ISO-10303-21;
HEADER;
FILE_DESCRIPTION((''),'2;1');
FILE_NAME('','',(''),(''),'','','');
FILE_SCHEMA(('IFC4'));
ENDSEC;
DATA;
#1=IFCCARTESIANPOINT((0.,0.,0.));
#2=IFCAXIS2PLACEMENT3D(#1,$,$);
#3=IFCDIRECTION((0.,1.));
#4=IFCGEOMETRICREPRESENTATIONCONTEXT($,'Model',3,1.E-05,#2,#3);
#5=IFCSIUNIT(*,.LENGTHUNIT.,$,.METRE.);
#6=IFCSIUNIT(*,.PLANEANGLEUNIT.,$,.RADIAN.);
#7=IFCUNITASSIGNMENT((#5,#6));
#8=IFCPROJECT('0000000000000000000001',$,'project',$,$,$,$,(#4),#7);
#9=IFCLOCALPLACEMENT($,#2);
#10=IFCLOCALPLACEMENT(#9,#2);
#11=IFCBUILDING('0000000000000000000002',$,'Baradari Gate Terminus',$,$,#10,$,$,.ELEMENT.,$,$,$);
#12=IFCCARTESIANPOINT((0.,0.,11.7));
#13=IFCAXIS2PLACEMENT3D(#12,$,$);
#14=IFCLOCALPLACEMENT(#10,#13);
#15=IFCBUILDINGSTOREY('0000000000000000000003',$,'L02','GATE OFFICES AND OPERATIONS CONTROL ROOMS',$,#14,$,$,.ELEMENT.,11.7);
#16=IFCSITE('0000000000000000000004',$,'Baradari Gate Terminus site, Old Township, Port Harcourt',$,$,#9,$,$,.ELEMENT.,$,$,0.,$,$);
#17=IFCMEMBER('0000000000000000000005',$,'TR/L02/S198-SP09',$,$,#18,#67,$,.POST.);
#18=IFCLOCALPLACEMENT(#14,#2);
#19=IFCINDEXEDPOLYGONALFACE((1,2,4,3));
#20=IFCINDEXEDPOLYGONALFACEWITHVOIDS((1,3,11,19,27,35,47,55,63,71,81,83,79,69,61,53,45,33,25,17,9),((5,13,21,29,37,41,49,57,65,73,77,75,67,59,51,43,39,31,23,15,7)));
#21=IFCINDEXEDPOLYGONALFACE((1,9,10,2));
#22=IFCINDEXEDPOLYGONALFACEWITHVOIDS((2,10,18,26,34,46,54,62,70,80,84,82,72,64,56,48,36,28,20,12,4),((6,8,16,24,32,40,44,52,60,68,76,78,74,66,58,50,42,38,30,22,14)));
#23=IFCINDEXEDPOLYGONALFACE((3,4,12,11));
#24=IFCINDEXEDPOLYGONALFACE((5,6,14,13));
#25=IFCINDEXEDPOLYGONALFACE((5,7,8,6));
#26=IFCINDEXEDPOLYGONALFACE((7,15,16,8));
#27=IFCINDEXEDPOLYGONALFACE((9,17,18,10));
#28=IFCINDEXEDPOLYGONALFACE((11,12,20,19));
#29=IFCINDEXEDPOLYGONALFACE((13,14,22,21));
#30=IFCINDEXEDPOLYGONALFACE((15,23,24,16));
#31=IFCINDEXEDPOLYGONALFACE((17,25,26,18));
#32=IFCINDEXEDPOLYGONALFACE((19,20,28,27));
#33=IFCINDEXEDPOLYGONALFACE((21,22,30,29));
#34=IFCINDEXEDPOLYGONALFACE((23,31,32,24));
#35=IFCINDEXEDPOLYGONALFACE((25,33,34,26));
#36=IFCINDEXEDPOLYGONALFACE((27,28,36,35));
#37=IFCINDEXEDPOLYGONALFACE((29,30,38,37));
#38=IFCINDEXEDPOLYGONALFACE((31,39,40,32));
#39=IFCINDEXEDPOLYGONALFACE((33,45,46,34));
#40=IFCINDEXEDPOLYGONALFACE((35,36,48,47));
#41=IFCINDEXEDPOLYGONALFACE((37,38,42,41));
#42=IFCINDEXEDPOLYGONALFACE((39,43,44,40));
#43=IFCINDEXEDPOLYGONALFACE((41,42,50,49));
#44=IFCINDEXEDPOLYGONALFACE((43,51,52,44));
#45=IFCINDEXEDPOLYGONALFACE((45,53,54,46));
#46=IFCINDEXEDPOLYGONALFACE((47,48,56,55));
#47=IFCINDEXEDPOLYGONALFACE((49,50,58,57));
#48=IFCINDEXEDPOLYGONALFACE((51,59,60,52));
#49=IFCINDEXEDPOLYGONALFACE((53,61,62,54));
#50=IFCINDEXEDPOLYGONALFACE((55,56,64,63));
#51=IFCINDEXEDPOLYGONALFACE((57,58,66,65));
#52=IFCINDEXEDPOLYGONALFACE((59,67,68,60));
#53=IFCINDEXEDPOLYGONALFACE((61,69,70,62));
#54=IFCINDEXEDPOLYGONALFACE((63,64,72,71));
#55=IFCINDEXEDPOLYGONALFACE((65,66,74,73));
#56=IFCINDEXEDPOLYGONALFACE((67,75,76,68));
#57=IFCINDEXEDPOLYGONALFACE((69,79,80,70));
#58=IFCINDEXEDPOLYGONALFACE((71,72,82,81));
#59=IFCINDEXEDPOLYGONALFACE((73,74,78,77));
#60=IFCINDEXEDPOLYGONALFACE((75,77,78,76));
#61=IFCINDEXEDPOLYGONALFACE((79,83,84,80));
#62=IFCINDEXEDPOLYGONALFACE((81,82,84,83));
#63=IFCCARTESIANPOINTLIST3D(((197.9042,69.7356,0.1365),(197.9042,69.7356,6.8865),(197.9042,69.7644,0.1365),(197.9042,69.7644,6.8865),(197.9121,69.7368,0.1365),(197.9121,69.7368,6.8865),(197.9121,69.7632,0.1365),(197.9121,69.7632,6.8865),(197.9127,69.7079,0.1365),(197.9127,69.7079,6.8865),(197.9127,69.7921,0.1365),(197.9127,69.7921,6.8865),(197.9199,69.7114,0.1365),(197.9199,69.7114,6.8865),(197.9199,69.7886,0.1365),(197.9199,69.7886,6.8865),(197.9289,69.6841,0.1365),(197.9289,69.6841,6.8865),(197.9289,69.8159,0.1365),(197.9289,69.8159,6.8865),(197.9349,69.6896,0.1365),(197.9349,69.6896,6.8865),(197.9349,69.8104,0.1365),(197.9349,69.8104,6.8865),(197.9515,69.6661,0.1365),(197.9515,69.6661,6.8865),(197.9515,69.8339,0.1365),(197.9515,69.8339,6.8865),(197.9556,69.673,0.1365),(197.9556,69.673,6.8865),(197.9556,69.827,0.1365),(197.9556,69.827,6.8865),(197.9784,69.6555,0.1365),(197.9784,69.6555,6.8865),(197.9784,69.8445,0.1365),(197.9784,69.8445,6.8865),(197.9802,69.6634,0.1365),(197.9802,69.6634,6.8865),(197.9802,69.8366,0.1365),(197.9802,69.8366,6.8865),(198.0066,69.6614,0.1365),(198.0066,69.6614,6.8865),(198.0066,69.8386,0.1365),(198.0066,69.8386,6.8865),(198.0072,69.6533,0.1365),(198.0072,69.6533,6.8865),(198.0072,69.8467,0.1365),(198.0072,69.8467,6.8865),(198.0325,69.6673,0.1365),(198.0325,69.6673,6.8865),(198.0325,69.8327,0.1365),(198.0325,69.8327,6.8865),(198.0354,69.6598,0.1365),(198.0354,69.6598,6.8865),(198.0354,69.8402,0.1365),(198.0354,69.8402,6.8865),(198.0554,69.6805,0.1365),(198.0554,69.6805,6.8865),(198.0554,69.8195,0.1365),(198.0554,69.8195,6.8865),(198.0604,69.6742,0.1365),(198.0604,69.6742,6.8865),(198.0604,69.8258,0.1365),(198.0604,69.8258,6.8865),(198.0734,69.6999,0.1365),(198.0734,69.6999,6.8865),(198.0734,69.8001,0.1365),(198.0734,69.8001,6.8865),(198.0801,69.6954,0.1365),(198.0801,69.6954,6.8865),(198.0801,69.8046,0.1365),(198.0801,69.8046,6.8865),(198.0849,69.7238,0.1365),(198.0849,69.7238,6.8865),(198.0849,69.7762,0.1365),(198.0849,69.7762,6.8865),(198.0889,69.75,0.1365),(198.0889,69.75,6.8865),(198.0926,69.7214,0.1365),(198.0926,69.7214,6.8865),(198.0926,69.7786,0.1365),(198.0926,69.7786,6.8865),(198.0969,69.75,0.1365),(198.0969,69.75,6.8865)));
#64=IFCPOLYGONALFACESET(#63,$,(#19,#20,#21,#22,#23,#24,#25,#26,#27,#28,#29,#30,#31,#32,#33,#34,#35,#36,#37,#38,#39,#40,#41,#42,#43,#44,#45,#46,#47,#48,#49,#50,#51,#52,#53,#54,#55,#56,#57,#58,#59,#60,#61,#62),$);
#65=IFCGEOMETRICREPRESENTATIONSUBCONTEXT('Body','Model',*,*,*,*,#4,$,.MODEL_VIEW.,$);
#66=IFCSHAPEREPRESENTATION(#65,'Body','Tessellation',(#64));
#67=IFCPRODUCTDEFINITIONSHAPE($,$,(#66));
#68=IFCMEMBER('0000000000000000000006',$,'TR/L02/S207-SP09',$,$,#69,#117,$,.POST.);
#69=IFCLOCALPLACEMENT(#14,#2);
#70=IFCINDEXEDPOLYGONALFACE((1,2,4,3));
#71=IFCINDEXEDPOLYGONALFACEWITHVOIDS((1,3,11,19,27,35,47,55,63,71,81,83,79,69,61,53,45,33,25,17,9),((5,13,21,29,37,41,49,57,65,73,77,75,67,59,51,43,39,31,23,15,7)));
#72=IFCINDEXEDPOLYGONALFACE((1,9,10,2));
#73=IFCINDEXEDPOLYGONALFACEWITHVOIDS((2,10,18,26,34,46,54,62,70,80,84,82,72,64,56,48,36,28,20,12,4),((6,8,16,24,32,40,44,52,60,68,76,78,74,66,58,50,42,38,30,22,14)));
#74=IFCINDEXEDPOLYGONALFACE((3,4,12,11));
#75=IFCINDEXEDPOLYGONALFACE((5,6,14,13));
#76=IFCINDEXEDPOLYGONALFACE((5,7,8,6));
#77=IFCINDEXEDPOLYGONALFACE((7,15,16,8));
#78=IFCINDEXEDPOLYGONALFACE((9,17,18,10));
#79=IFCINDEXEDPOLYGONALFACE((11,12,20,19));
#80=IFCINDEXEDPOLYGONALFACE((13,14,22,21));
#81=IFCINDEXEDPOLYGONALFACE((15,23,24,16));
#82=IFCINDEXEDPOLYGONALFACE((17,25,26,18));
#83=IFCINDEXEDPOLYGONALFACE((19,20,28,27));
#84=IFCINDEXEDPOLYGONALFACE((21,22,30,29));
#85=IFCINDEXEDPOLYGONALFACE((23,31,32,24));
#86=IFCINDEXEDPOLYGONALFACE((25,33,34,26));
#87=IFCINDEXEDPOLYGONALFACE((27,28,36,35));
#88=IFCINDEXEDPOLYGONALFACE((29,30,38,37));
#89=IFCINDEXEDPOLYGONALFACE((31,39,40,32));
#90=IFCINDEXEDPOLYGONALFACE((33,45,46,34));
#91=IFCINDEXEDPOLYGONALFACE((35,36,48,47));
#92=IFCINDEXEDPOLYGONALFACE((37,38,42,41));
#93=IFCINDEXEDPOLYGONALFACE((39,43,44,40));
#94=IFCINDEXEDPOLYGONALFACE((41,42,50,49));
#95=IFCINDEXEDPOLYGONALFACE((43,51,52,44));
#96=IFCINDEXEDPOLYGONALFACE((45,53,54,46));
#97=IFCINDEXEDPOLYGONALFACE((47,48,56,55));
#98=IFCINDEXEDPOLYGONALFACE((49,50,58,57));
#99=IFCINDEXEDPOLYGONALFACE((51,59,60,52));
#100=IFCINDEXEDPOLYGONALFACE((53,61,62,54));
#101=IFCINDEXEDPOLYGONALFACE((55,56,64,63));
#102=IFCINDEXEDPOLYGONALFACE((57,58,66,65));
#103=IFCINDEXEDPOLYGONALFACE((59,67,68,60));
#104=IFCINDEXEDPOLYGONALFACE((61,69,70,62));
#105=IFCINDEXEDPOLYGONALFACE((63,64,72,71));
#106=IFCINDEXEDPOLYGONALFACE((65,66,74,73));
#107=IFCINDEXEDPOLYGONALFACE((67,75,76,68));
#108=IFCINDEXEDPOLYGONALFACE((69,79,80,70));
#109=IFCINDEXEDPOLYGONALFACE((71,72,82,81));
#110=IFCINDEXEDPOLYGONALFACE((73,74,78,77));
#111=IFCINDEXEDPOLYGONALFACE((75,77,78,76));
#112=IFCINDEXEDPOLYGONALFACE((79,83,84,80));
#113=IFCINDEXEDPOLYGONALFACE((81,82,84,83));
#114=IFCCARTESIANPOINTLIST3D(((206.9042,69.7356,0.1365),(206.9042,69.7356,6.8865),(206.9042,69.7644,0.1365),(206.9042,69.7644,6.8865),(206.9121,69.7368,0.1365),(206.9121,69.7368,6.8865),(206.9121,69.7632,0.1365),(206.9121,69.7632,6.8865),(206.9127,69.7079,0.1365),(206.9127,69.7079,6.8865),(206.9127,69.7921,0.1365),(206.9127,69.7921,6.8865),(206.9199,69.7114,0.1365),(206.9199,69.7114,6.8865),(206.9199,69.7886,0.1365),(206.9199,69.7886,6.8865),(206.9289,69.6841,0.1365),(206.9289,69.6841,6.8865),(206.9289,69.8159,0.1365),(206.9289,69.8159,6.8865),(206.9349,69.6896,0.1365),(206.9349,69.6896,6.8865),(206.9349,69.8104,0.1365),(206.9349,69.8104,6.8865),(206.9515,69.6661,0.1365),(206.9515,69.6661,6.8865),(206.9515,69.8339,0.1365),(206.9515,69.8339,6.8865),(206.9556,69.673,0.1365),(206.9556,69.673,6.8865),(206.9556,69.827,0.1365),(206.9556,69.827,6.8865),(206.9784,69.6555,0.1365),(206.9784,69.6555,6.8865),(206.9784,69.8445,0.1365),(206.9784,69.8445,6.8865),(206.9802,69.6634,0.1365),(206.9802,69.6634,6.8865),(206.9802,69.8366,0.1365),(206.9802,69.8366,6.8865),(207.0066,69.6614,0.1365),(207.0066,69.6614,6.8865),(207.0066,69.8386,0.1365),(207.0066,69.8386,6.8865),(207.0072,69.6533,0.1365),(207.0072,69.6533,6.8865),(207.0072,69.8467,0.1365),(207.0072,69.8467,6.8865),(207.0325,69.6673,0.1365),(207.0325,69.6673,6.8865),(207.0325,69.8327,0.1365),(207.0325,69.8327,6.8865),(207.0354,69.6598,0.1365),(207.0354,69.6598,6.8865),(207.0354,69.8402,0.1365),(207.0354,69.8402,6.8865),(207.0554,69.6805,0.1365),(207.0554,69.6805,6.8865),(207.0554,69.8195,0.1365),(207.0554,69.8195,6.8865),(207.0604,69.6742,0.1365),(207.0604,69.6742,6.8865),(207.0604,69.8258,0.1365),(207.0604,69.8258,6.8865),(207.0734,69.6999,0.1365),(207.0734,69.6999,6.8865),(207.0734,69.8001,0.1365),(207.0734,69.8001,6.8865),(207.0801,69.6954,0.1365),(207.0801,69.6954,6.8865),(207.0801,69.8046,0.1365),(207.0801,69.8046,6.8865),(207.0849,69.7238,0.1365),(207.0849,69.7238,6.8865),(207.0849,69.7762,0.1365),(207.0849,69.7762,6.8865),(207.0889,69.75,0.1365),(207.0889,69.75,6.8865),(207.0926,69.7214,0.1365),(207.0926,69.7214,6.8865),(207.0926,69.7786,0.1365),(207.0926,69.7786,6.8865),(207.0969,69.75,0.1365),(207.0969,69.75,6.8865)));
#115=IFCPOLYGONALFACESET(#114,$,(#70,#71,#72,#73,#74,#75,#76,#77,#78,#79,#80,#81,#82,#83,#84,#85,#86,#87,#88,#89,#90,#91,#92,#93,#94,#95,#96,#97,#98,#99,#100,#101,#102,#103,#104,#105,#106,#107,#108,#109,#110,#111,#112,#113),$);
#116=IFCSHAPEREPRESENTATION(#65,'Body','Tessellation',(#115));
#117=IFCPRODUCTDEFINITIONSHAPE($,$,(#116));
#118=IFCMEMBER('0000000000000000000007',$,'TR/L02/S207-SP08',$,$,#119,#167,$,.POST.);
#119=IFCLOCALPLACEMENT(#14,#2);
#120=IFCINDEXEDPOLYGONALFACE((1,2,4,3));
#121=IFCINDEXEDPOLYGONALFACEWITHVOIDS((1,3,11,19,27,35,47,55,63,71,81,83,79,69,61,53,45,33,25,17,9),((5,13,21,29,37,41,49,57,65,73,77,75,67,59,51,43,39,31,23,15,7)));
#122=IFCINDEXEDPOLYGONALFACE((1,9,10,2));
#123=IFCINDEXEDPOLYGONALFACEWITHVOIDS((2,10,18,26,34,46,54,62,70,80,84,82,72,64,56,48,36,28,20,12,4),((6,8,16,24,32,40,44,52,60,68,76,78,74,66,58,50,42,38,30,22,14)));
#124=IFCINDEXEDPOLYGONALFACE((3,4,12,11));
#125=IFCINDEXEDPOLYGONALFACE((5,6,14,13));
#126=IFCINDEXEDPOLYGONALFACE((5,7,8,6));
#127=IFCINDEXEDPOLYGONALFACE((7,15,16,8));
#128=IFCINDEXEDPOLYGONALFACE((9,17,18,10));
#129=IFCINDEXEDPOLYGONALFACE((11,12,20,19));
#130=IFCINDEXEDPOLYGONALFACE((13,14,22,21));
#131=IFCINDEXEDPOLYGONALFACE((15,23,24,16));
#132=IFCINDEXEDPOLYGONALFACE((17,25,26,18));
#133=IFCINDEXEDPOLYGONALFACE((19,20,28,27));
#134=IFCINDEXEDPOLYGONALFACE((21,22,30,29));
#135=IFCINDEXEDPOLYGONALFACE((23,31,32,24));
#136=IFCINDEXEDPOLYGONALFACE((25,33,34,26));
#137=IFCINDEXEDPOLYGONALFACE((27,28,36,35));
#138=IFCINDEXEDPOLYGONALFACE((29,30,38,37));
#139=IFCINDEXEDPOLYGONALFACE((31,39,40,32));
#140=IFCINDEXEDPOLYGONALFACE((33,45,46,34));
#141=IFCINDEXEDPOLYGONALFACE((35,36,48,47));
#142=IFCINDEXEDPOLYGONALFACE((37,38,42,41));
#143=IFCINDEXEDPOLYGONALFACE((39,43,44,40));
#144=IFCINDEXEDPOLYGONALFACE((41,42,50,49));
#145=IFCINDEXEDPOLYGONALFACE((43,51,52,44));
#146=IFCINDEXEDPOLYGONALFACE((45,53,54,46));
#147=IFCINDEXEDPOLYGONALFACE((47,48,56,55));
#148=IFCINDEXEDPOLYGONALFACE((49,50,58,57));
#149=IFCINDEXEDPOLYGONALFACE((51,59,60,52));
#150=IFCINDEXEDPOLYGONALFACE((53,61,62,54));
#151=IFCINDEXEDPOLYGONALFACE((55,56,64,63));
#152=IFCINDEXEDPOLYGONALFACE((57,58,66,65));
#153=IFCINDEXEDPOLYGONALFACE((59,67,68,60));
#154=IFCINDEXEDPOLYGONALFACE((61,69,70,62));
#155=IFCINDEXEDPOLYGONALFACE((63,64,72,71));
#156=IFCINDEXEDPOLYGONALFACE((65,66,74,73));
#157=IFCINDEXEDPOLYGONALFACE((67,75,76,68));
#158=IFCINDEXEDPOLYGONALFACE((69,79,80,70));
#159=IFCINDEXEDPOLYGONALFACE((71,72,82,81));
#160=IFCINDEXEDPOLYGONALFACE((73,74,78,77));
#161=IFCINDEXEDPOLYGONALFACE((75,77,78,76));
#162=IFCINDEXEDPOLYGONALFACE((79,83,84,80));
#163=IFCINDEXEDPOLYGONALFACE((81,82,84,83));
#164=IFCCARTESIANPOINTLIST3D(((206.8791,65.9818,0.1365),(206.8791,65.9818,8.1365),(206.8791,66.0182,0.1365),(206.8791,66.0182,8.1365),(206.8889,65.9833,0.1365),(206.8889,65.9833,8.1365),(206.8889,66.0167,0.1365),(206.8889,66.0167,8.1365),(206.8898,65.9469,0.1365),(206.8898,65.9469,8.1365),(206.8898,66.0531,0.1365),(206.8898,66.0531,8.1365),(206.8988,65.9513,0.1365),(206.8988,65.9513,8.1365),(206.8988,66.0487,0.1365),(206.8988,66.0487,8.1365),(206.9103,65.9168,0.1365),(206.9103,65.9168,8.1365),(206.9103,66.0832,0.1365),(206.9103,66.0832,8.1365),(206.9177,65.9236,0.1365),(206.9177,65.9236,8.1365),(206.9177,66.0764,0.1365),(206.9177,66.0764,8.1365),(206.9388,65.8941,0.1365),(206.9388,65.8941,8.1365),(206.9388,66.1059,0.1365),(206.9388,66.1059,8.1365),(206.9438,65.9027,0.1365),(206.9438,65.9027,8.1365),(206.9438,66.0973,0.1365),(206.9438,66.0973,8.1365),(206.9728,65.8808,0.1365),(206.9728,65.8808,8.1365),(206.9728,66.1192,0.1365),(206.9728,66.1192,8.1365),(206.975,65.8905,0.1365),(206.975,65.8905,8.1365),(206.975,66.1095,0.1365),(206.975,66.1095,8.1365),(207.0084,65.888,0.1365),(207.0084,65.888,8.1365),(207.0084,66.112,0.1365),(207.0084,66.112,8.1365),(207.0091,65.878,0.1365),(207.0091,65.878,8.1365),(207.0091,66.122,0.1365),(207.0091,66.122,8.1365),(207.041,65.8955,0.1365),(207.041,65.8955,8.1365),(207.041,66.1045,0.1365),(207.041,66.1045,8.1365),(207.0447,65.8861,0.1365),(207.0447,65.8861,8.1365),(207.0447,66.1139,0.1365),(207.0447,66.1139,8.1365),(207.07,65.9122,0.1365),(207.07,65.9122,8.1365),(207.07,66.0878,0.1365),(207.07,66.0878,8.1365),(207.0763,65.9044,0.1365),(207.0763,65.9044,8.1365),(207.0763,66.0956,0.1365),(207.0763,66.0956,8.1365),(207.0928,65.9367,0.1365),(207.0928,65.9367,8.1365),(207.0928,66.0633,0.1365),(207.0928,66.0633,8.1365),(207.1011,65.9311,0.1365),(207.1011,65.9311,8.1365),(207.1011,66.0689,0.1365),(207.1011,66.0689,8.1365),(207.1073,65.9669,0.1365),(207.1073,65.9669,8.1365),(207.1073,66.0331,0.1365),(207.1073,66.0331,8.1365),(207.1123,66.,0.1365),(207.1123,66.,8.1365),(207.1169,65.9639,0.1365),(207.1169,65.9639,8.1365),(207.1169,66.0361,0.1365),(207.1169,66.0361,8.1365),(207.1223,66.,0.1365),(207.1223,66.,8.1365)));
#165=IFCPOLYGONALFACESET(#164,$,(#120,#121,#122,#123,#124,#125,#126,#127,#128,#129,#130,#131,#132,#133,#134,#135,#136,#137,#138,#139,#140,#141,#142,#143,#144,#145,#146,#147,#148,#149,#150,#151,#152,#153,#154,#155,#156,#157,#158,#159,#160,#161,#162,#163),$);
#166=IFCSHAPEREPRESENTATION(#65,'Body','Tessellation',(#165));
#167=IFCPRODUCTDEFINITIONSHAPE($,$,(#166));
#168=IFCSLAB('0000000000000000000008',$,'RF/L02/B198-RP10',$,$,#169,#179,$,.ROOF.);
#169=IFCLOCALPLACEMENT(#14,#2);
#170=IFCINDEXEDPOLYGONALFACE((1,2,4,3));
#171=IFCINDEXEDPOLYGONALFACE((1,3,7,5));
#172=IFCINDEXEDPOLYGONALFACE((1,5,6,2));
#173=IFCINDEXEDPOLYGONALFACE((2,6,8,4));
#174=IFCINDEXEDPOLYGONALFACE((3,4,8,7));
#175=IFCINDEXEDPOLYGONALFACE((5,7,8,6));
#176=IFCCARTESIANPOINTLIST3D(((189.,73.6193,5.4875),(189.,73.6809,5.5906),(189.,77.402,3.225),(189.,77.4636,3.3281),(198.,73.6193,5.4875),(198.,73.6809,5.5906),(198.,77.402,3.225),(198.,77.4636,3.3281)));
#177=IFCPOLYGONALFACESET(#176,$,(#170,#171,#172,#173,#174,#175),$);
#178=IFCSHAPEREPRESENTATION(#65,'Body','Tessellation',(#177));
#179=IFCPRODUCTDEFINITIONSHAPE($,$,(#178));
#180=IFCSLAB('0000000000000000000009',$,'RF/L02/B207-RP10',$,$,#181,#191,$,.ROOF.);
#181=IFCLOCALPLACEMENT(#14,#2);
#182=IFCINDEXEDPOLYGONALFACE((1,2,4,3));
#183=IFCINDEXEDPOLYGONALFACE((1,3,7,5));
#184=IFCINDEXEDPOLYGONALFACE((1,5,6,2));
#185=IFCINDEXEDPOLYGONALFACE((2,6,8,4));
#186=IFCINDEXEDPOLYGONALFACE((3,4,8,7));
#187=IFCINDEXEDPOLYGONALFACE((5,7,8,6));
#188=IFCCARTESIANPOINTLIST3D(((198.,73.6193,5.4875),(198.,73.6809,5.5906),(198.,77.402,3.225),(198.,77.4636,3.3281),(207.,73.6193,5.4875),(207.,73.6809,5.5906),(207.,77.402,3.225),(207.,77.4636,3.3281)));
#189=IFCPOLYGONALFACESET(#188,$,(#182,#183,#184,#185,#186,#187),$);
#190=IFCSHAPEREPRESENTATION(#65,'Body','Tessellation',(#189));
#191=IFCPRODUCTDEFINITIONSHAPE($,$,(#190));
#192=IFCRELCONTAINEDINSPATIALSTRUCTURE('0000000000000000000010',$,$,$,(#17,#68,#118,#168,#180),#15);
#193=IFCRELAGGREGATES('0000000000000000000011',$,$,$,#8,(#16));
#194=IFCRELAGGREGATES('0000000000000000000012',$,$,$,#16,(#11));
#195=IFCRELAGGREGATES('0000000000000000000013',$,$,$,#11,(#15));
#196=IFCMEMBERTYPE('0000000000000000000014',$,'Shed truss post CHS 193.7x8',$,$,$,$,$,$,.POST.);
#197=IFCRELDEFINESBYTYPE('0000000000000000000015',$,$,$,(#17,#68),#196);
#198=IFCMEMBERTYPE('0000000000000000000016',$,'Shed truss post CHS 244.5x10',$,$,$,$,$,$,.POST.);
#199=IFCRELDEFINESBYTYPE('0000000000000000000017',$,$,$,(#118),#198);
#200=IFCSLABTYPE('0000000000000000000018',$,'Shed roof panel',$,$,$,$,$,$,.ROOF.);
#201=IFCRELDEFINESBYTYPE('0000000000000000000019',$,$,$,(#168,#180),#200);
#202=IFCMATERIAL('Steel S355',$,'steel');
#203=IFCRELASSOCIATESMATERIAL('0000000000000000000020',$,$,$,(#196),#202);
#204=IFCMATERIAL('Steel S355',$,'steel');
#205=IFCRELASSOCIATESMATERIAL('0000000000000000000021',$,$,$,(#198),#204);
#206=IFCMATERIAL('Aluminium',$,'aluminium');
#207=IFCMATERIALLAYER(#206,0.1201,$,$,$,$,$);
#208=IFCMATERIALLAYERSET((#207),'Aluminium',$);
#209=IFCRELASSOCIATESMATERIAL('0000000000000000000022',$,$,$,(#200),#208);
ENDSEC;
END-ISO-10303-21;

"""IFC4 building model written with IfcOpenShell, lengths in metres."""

from ifc_helpers import new_model, si_unit, direction, frame, origin, origin_2d, place, context, subcontext, project, spatial, polyline, hollow_circle, outline, extrude, material, layer, layer_set, material_profile, profile_set, type_object, element, save


model = new_model("IFC4")

# Units and contexts
model_context = context("Model", 3, precision=1e-05, world=origin(), true_north=direction((0.0, 1.0)))
body_context = subcontext(model_context, "Body", "Model", "MODEL_VIEW")
ifc_project = project(units=[si_unit("LENGTHUNIT", "METRE"), si_unit("PLANEANGLEUNIT", "RADIAN")], contexts=[model_context])

# Site, building, storey
site_placement = place(None, origin())
site = spatial("IfcSite", under=ifc_project, at=site_placement, Name="Baradari Gate Terminus site, Old Township, Port Harcourt", CompositionType="ELEMENT", RefElevation=0.0)
building_placement = place(site_placement, origin())
building = spatial("IfcBuilding", under=site, at=building_placement, Name="Baradari Gate Terminus", CompositionType="ELEMENT")
storey_placement = place(building_placement, frame((0.0, 0.0, 11.7)))
storey = spatial("IfcBuildingStorey", under=building, at=storey_placement, Name="L02", Description="GATE OFFICES AND OPERATIONS CONTROL ROOMS", CompositionType="ELEMENT", Elevation=11.7)

# Members
ifc_material_1 = material(Name="Steel S355", Category="steel")
ifc_material_profile_1 = material_profile(ifc_material_1, hollow_circle(Radius=0.0969, WallThickness=0.0081, at=origin_2d()), Name="CHS 193.7x8")
ifc_profile_set_1 = profile_set([ifc_material_profile_1], Name="Steel S355")
member_type_1 = type_object("IfcMemberType", Name="Shed truss post CHS 193.7x8", PredefinedType="POST", material=ifc_profile_set_1)
for number, where, z_axis, x_axis, name in (
    (1, (198.0, 69.75, 0.1365), (0.0, 0.0, 1.0), (1.0, 0.0, 0.0), "TR/L02/S198-SP09"),
    (2, (207.0, 69.75, 0.1365), (0.0, 0.0, 1.0), (1.0, 0.0, 0.0), "TR/L02/S207-SP09"),
):
    element("IfcMember", number, at=place(storey_placement, frame(where, z_axis=z_axis, x_axis=x_axis)), inside=storey, type_object=member_type_1, Name=name, PredefinedType="POST", context=body_context, shape_type="SweptSolid", body=[
        extrude(hollow_circle(Radius=0.0969, WallThickness=0.0081, at=origin_2d()), origin(), (0.0, 0.0, 1.0), 6.75),
    ])
ifc_material_2 = material(Name="Steel S355", Category="steel")
ifc_material_profile_2 = material_profile(ifc_material_2, hollow_circle(Radius=0.1223, WallThickness=0.01, at=origin_2d()), Name="CHS 244.5x10")
ifc_profile_set_2 = profile_set([ifc_material_profile_2], Name="Steel S355")
member_type_2 = type_object("IfcMemberType", Name="Shed truss post CHS 244.5x10", PredefinedType="POST", material=ifc_profile_set_2)
member_1_placement = place(storey_placement, frame((207.0, 66.0, 0.1365), z_axis=(0.0, 0.0, 1.0), x_axis=(1.0, 0.0, 0.0)))
element("IfcMember", 3, at=member_1_placement, inside=storey, type_object=member_type_2, Name="TR/L02/S207-SP08", PredefinedType="POST", context=body_context, shape_type="SweptSolid", body=[
    extrude(hollow_circle(Radius=0.1223, WallThickness=0.01, at=origin_2d()), origin(), (0.0, 0.0, 1.0), 8.0),
])

# Slabs
ifc_material_3 = material(Name="Aluminium", Category="aluminium")
ifc_layer = layer(ifc_material_3, 0.1201)
ifc_layer_set = layer_set([ifc_layer], Name="Aluminium")
slab_type = type_object("IfcSlabType", Name="Shed roof panel", PredefinedType="ROOF", material=ifc_layer_set)
for number, where, z_axis, x_axis, name in (
    (4, (189.0, 73.6809, 5.5906), (0.0, 0.513298, 0.858211), (1.0, 0.0, 0.0), "RF/L02/B198-RP10"),
    (5, (198.0, 73.6809, 5.5906), (0.0, 0.513298, 0.858211), (1.0, 0.0, 0.0), "RF/L02/B207-RP10"),
):
    element("IfcSlab", number, at=place(storey_placement, frame(where, z_axis=z_axis, x_axis=x_axis)), inside=storey, type_object=slab_type, Name=name, PredefinedType="ROOF", context=body_context, shape_type="SweptSolid", body=[
        extrude(outline(polyline([(0.0, 0.0), (9.0, 0.0), (9.0, 4.4077), (0.0, 4.4077), (0.0, 0.0)])), origin(), (0.0, 0.0, -1.0), 0.1201),
    ])

save(model, "model.ifc")
